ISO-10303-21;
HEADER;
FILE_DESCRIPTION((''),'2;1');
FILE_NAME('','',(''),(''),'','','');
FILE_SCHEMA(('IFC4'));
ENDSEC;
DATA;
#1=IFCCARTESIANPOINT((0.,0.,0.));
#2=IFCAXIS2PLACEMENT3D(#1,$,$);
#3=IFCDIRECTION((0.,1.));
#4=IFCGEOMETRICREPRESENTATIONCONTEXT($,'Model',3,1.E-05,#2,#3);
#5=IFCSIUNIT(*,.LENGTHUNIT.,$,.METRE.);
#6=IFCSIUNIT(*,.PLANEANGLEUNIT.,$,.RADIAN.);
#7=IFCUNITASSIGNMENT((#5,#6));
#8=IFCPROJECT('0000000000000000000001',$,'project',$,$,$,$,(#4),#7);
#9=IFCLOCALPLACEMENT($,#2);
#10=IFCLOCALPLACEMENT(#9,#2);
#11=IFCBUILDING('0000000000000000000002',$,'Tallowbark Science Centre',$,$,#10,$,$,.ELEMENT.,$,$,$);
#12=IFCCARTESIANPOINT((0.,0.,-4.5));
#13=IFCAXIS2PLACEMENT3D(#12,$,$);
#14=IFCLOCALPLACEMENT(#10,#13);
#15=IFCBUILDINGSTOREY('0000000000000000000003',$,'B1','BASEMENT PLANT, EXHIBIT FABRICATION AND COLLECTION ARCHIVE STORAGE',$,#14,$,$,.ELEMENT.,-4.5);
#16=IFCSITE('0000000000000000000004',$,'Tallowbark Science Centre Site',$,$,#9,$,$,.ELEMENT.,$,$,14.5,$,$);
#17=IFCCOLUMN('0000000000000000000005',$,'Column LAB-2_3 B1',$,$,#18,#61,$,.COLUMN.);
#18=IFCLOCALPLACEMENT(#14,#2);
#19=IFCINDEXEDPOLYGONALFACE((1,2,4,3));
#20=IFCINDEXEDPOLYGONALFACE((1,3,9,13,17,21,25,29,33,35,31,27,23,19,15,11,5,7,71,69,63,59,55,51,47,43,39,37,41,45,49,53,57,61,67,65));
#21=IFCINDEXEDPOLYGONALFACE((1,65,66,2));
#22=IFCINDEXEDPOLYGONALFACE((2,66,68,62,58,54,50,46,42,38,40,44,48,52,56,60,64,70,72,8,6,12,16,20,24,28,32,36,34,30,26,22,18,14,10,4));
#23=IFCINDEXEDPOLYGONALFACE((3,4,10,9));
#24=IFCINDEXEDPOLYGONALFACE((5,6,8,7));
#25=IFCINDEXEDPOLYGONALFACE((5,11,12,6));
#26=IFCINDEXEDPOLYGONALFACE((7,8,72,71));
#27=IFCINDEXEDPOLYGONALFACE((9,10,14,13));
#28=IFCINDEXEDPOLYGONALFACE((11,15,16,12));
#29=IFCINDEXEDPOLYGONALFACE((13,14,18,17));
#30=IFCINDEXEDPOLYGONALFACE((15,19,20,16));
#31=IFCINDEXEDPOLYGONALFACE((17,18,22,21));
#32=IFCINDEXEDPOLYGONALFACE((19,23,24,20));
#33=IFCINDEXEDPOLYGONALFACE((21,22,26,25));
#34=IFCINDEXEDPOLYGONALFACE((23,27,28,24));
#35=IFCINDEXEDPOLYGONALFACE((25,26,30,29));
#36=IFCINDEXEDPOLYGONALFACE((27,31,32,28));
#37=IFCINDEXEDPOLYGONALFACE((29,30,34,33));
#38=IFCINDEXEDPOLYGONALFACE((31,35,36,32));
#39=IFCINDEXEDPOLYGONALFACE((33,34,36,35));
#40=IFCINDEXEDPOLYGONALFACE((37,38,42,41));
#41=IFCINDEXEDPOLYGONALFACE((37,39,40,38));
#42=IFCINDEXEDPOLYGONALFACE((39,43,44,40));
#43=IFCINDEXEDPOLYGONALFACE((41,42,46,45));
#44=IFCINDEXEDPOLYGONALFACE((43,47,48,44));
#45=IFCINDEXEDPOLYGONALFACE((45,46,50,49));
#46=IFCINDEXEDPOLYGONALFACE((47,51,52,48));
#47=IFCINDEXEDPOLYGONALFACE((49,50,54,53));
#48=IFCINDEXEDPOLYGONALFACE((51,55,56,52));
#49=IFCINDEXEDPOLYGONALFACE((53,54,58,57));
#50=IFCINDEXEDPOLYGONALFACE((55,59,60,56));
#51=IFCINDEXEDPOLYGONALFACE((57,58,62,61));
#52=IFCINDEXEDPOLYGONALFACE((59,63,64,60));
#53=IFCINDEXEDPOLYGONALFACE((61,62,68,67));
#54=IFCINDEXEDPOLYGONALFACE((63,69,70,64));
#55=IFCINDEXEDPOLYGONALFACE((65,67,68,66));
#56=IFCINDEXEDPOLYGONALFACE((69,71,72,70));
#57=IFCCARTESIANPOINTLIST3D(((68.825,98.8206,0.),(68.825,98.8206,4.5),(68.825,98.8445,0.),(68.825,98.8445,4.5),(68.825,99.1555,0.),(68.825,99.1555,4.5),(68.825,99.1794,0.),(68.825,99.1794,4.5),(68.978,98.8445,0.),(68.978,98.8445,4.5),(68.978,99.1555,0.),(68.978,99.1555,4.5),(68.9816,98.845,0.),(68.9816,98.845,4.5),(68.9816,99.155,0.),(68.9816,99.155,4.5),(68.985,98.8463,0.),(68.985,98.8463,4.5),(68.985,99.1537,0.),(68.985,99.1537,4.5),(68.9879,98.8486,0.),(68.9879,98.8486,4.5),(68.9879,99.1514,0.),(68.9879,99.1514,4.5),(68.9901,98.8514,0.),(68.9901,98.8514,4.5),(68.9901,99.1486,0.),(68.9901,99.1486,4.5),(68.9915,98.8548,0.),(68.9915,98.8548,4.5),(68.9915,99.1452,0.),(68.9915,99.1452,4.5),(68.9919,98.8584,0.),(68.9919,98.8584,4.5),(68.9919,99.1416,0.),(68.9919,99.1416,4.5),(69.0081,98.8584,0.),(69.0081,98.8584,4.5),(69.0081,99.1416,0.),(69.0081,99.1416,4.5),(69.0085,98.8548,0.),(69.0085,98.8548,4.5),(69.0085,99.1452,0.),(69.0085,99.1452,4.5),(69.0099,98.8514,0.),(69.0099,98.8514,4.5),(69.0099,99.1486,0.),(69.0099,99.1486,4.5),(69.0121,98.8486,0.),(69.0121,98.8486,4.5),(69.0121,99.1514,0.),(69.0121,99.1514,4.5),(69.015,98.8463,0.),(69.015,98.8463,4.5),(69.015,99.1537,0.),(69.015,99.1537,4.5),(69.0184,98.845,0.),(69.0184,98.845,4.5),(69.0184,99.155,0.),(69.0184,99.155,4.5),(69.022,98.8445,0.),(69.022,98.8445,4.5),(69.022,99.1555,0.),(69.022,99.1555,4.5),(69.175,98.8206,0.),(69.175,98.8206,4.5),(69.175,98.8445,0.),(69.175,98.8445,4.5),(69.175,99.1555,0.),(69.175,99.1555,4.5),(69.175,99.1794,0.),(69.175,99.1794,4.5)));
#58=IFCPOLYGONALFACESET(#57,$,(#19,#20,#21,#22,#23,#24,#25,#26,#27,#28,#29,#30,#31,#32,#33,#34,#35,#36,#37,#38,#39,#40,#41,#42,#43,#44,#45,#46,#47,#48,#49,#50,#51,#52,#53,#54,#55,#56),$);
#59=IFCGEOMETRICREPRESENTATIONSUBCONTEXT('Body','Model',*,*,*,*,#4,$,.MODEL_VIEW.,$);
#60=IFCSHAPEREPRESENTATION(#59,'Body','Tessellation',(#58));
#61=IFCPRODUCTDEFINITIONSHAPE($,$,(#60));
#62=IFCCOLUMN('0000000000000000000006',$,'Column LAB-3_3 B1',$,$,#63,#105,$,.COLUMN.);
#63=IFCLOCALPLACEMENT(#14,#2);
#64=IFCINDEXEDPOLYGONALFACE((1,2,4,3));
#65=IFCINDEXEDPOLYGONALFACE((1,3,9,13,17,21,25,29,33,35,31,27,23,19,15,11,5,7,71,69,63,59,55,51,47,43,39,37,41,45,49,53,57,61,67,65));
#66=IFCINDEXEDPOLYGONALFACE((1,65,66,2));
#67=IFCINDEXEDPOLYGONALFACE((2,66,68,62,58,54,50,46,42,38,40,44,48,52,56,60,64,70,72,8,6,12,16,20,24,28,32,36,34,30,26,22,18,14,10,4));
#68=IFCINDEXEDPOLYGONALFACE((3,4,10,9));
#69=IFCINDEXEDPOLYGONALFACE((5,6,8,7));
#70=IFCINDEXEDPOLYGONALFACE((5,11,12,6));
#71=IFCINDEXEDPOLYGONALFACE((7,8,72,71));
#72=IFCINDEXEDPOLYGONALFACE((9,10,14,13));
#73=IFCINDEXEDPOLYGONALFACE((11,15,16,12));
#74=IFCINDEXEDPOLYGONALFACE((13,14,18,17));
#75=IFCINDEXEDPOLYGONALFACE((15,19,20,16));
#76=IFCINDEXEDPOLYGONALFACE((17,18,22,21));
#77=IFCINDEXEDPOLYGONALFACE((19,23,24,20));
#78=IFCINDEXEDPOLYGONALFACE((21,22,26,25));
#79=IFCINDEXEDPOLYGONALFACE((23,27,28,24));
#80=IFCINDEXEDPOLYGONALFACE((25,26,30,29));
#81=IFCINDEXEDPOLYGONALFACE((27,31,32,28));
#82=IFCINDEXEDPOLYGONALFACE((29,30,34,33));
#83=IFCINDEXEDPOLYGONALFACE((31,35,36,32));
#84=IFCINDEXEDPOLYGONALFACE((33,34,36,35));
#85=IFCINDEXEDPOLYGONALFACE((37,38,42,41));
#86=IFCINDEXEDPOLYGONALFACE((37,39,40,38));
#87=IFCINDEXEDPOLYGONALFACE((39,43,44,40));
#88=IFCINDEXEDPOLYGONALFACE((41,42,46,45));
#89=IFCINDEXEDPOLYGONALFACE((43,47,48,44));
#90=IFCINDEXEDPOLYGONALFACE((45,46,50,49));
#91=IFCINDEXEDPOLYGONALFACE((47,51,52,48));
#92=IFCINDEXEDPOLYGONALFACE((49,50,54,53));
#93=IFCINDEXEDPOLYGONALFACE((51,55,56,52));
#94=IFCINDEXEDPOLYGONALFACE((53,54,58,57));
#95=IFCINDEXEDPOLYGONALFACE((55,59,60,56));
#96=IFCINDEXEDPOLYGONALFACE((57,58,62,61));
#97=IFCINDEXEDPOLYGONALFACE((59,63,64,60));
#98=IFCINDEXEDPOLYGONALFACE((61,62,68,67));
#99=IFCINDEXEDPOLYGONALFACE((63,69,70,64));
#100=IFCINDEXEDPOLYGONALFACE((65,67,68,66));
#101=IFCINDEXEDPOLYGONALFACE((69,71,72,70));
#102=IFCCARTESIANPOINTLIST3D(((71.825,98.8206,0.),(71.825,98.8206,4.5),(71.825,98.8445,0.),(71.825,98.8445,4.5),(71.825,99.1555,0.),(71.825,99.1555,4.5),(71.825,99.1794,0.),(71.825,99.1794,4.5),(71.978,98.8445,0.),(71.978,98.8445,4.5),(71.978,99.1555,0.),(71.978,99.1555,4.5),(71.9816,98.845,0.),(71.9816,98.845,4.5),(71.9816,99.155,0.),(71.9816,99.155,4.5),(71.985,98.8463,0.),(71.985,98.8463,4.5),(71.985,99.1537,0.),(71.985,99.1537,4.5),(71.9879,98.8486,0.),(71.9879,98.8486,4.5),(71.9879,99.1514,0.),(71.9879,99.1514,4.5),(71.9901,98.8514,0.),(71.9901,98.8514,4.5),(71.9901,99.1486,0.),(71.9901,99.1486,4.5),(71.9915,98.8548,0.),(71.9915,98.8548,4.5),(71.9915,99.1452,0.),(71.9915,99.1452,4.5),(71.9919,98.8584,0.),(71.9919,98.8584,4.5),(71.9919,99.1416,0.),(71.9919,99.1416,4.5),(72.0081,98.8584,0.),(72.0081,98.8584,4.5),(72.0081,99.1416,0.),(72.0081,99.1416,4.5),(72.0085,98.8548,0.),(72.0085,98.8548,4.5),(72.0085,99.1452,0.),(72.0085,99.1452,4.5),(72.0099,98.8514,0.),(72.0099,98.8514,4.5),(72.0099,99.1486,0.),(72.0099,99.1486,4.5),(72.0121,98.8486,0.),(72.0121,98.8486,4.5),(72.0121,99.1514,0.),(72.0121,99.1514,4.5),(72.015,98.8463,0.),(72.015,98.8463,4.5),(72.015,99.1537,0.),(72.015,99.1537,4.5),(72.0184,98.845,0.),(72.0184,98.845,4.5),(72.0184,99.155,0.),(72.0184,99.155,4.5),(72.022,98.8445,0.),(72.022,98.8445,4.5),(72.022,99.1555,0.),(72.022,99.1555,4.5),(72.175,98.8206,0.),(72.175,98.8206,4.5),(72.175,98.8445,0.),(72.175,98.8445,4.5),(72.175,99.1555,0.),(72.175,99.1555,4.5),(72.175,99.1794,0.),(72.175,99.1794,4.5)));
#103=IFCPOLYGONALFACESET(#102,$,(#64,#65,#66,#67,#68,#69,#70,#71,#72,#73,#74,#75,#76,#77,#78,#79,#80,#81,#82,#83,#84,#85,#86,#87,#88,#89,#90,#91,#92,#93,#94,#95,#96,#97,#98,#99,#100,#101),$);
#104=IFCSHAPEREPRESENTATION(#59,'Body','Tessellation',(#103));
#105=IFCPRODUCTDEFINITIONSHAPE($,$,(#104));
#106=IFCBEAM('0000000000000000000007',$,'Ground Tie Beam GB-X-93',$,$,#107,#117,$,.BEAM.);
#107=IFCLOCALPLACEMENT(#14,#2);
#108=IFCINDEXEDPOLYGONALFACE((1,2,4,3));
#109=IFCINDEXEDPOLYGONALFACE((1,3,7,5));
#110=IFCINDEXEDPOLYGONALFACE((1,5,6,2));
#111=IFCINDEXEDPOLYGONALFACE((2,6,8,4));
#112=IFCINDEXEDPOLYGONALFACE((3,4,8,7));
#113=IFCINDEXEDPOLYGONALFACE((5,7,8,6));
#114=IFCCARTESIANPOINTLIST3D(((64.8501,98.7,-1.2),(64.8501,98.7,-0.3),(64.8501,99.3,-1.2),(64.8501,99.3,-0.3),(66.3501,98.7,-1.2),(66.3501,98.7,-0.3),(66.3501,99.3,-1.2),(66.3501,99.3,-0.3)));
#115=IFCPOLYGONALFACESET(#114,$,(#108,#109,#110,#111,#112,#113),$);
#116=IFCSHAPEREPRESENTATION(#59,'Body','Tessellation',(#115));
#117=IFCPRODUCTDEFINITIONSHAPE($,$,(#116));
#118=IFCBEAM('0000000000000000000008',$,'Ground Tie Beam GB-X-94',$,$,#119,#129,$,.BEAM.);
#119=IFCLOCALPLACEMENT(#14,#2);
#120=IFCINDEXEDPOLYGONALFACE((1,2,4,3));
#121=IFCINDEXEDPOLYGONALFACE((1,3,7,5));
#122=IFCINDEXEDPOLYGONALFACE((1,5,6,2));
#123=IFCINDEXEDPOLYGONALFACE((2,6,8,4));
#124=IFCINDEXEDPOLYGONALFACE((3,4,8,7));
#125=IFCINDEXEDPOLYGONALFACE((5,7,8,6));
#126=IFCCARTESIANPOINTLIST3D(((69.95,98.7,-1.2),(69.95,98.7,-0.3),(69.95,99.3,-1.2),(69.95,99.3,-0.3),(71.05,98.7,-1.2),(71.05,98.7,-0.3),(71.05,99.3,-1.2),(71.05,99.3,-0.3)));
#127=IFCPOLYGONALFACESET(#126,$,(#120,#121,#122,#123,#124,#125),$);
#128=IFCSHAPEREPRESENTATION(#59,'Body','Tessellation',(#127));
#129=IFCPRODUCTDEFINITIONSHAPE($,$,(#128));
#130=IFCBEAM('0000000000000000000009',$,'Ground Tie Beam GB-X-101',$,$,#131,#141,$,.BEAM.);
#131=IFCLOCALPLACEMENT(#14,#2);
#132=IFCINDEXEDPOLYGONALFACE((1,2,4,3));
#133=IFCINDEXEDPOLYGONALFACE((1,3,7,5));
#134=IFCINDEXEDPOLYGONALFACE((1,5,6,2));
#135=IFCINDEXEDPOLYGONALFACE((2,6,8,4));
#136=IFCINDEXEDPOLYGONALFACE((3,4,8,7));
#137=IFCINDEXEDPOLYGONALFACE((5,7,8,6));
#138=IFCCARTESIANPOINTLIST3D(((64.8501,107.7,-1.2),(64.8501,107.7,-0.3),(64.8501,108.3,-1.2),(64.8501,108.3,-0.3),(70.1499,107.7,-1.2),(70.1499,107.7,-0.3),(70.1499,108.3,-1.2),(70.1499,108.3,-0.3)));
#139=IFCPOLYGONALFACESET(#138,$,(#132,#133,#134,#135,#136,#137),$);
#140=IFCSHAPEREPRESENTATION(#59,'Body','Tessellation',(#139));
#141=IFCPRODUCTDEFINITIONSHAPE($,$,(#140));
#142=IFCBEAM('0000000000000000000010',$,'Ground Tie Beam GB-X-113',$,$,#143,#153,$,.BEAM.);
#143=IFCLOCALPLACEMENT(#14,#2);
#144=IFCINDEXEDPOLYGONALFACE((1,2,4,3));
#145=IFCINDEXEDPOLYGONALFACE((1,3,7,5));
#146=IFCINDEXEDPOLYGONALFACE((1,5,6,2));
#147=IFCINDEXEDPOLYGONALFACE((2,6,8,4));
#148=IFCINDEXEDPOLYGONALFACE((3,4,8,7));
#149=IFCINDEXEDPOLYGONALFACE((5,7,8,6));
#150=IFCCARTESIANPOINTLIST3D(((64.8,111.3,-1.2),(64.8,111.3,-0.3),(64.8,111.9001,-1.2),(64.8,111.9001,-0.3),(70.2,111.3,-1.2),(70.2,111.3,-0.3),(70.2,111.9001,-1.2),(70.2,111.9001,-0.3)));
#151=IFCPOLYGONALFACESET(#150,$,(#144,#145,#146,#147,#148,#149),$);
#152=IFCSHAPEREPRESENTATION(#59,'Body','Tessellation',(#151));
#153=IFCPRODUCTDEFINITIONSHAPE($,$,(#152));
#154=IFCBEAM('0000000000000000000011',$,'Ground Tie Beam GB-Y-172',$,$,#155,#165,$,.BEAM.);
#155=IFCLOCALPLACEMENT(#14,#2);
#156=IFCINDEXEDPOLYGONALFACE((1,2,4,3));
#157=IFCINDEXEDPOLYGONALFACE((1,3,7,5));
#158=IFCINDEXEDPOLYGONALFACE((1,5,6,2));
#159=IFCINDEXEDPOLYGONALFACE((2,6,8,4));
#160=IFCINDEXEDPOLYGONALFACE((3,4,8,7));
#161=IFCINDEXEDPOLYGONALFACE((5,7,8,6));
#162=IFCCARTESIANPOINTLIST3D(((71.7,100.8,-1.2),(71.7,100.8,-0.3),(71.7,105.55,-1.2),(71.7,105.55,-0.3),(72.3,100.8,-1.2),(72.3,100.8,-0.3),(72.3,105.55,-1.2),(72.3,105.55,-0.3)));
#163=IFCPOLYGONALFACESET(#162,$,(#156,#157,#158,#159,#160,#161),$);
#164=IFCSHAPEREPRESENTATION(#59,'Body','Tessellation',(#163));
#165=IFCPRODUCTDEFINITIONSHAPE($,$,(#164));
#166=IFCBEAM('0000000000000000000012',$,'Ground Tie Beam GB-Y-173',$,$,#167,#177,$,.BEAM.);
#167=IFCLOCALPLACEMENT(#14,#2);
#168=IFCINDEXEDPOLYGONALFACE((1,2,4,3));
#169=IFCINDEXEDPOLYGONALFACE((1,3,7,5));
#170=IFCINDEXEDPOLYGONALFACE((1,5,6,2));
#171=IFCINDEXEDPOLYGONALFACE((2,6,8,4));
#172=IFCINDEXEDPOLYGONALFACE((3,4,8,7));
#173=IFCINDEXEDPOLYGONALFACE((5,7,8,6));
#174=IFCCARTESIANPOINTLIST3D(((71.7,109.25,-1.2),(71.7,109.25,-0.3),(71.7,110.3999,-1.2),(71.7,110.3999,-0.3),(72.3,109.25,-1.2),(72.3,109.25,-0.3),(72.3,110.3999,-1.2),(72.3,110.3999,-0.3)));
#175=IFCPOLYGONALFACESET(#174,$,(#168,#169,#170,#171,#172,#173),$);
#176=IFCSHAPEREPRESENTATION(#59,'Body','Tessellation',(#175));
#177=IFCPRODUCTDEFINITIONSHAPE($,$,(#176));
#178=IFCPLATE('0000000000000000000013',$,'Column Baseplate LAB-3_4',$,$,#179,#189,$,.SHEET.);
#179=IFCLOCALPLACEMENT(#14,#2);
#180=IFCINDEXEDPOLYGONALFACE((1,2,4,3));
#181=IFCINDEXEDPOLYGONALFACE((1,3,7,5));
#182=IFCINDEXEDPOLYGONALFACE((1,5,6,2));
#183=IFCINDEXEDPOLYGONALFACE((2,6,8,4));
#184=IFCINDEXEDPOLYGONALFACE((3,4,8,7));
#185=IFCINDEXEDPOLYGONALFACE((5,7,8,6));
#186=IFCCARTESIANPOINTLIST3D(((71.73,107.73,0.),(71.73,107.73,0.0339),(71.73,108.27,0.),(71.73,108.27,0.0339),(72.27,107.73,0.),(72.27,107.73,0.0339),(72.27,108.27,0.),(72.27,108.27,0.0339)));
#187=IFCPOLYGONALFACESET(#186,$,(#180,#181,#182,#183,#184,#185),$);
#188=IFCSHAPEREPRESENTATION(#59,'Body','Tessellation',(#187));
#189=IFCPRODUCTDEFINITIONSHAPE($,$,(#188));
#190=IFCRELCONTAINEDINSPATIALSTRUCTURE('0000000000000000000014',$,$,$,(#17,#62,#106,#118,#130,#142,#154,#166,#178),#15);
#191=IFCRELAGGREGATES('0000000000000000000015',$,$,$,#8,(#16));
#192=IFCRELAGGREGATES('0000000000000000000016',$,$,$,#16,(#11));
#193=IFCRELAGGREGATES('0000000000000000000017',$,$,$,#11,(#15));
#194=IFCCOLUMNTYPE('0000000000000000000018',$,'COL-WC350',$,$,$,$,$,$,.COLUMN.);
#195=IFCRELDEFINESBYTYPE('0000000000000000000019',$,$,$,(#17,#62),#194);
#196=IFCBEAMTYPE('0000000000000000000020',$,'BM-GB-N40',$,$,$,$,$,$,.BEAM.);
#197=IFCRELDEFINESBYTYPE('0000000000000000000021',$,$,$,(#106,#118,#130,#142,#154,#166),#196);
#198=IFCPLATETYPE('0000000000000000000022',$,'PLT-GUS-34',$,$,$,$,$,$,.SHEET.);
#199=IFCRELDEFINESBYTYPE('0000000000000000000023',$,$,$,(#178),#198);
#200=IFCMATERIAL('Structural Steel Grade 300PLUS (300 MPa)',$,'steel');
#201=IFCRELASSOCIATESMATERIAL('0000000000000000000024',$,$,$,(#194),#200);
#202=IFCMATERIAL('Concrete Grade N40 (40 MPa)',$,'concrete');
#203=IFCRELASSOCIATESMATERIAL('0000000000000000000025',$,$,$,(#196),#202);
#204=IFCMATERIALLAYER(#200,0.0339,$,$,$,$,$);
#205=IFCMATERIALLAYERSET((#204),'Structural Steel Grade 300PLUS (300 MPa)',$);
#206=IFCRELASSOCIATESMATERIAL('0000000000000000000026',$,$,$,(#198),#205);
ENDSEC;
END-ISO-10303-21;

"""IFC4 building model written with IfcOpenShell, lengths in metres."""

from ifc_helpers import new_model, si_unit, direction, frame, origin, origin_2d, place, context, subcontext, project, spatial, rectangle, i_section, extrude, material, layer, layer_set, material_profile, profile_set, type_object, element, save


model = new_model("IFC4")

# Units and contexts
model_context = context("Model", 3, precision=1e-05, world=origin(), true_north=direction((0.0, 1.0)))
body_context = subcontext(model_context, "Body", "Model", "MODEL_VIEW")
ifc_project = project(units=[si_unit("LENGTHUNIT", "METRE"), si_unit("PLANEANGLEUNIT", "RADIAN")], contexts=[model_context])

# Site, building, storey
site_placement = place(None, origin())
site = spatial("IfcSite", under=ifc_project, at=site_placement, Name="Tallowbark Science Centre Site", CompositionType="ELEMENT", RefElevation=14.5)
building_placement = place(site_placement, origin())
building = spatial("IfcBuilding", under=site, at=building_placement, Name="Tallowbark Science Centre", CompositionType="ELEMENT")
storey_placement = place(building_placement, frame((0.0, 0.0, -4.5)))
storey = spatial("IfcBuildingStorey", under=building, at=storey_placement, Name="B1", Description="BASEMENT PLANT, EXHIBIT FABRICATION AND COLLECTION ARCHIVE STORAGE", CompositionType="ELEMENT", Elevation=-4.5)

# Shared definitions
ifc_material_1 = material(Name="Concrete Grade N40 (40 MPa)", Category="concrete")

# Columns
ifc_material_2 = material(Name="Structural Steel Grade 300PLUS (300 MPa)", Category="steel")
ifc_material_profile_1 = material_profile(ifc_material_2, i_section(OverallWidth=0.3501, OverallDepth=0.3589, WebThickness=0.0161, FlangeThickness=0.0239, FilletRadius=0.0139, at=origin_2d()), Name="350WC197")
ifc_profile_set_1 = profile_set([ifc_material_profile_1], Name="Structural Steel Grade 300PLUS (300 MPa)")
column_type_1 = type_object("IfcColumnType", Name="COL-WC350", PredefinedType="COLUMN", material=ifc_profile_set_1)
for number, where, z_axis, x_axis, name in (
    (1, (69.0, 99.0, 0.0), (0.0, 0.0, 1.0), (1.0, 0.0, 0.0), "Column LAB-2_3 B1"),
    (2, (72.0, 99.0, 0.0), (0.0, 0.0, 1.0), (1.0, 0.0, 0.0), "Column LAB-3_3 B1"),
):
    element("IfcColumn", number, at=place(storey_placement, frame(where, z_axis=z_axis, x_axis=x_axis)), inside=storey, type_object=column_type_1, Name=name, PredefinedType="COLUMN", context=body_context, shape_type="SweptSolid", body=[
        extrude(i_section(OverallWidth=0.3501, OverallDepth=0.3589, WebThickness=0.0161, FlangeThickness=0.0239, FilletRadius=0.0139, at=origin_2d()), origin(), (0.0, 0.0, 1.0), 4.5),
    ])

# Beams
ifc_material_profile_2 = material_profile(ifc_material_1, rectangle(XDim=0.6001, YDim=0.8999, at=origin_2d()), Name="RC600x900")
ifc_profile_set_2 = profile_set([ifc_material_profile_2], Name="Concrete Grade N40 (40 MPa)")
beam_type = type_object("IfcBeamType", Name="BM-GB-N40", PredefinedType="BEAM", material=ifc_profile_set_2)
beam_1_placement = place(storey_placement, frame((64.8501, 99.0, -0.75), z_axis=(1.0, 0.0, 0.0), x_axis=(0.0, 1.0, 0.0)))
element("IfcBeam", 3, at=beam_1_placement, inside=storey, type_object=beam_type, Name="Ground Tie Beam GB-X-93", PredefinedType="BEAM", context=body_context, shape_type="SweptSolid", body=[
    extrude(rectangle(XDim=0.6001, YDim=0.8999, at=origin_2d()), origin(), (0.0, 0.0, 1.0), 1.5),
])
beam_2_placement = place(storey_placement, frame((69.95, 99.0, -0.75), z_axis=(1.0, 0.0, 0.0), x_axis=(0.0, 1.0, 0.0)))
element("IfcBeam", 4, at=beam_2_placement, inside=storey, type_object=beam_type, Name="Ground Tie Beam GB-X-94", PredefinedType="BEAM", context=body_context, shape_type="SweptSolid", body=[
    extrude(rectangle(XDim=0.6001, YDim=0.8999, at=origin_2d()), origin(), (0.0, 0.0, 1.0), 1.1001),
])
beam_3_placement = place(storey_placement, frame((64.8501, 108.0, -0.75), z_axis=(1.0, 0.0, 0.0), x_axis=(0.0, 1.0, 0.0)))
element("IfcBeam", 5, at=beam_3_placement, inside=storey, type_object=beam_type, Name="Ground Tie Beam GB-X-101", PredefinedType="BEAM", context=body_context, shape_type="SweptSolid", body=[
    extrude(rectangle(XDim=0.6001, YDim=0.8999, at=origin_2d()), origin(), (0.0, 0.0, 1.0), 5.2998),
])
beam_4_placement = place(storey_placement, frame((64.8, 111.6001, -0.75), z_axis=(1.0, 0.0, 0.0), x_axis=(0.0, 1.0, 0.0)))
element("IfcBeam", 6, at=beam_4_placement, inside=storey, type_object=beam_type, Name="Ground Tie Beam GB-X-113", PredefinedType="BEAM", context=body_context, shape_type="SweptSolid", body=[
    extrude(rectangle(XDim=0.6001, YDim=0.8999, at=origin_2d()), origin(), (0.0, 0.0, 1.0), 5.3999),
])
beam_5_placement = place(storey_placement, frame((72.0, 100.8, -0.75), z_axis=(0.0, 1.0, 0.0), x_axis=(-1.0, 0.0, 0.0)))
element("IfcBeam", 7, at=beam_5_placement, inside=storey, type_object=beam_type, Name="Ground Tie Beam GB-Y-172", PredefinedType="BEAM", context=body_context, shape_type="SweptSolid", body=[
    extrude(rectangle(XDim=0.6001, YDim=0.8999, at=origin_2d()), origin(), (0.0, 0.0, 1.0), 4.75),
])
beam_6_placement = place(storey_placement, frame((72.0, 109.25, -0.75), z_axis=(0.0, 1.0, 0.0), x_axis=(-1.0, 0.0, 0.0)))
element("IfcBeam", 8, at=beam_6_placement, inside=storey, type_object=beam_type, Name="Ground Tie Beam GB-Y-173", PredefinedType="BEAM", context=body_context, shape_type="SweptSolid", body=[
    extrude(rectangle(XDim=0.6001, YDim=0.8999, at=origin_2d()), origin(), (0.0, 0.0, 1.0), 1.1499),
])

# Plate
ifc_layer = layer(ifc_material_2, 0.0339)
ifc_layer_set = layer_set([ifc_layer], Name="Structural Steel Grade 300PLUS (300 MPa)")
plate_type = type_object("IfcPlateType", Name="PLT-GUS-34", PredefinedType="SHEET", material=ifc_layer_set)
plate_placement = place(storey_placement, frame((72.0, 108.0, 0.0), z_axis=(0.0, 0.0, 1.0), x_axis=(1.0, 0.0, 0.0)))
element("IfcPlate", 9, at=plate_placement, inside=storey, type_object=plate_type, Name="Column Baseplate LAB-3_4", PredefinedType="SHEET", context=body_context, shape_type="SweptSolid", body=[
    extrude(rectangle(XDim=0.54, YDim=0.54, at=origin_2d()), origin(), (0.0, 0.0, 1.0), 0.0339),
])

save(model, "model.ifc")
